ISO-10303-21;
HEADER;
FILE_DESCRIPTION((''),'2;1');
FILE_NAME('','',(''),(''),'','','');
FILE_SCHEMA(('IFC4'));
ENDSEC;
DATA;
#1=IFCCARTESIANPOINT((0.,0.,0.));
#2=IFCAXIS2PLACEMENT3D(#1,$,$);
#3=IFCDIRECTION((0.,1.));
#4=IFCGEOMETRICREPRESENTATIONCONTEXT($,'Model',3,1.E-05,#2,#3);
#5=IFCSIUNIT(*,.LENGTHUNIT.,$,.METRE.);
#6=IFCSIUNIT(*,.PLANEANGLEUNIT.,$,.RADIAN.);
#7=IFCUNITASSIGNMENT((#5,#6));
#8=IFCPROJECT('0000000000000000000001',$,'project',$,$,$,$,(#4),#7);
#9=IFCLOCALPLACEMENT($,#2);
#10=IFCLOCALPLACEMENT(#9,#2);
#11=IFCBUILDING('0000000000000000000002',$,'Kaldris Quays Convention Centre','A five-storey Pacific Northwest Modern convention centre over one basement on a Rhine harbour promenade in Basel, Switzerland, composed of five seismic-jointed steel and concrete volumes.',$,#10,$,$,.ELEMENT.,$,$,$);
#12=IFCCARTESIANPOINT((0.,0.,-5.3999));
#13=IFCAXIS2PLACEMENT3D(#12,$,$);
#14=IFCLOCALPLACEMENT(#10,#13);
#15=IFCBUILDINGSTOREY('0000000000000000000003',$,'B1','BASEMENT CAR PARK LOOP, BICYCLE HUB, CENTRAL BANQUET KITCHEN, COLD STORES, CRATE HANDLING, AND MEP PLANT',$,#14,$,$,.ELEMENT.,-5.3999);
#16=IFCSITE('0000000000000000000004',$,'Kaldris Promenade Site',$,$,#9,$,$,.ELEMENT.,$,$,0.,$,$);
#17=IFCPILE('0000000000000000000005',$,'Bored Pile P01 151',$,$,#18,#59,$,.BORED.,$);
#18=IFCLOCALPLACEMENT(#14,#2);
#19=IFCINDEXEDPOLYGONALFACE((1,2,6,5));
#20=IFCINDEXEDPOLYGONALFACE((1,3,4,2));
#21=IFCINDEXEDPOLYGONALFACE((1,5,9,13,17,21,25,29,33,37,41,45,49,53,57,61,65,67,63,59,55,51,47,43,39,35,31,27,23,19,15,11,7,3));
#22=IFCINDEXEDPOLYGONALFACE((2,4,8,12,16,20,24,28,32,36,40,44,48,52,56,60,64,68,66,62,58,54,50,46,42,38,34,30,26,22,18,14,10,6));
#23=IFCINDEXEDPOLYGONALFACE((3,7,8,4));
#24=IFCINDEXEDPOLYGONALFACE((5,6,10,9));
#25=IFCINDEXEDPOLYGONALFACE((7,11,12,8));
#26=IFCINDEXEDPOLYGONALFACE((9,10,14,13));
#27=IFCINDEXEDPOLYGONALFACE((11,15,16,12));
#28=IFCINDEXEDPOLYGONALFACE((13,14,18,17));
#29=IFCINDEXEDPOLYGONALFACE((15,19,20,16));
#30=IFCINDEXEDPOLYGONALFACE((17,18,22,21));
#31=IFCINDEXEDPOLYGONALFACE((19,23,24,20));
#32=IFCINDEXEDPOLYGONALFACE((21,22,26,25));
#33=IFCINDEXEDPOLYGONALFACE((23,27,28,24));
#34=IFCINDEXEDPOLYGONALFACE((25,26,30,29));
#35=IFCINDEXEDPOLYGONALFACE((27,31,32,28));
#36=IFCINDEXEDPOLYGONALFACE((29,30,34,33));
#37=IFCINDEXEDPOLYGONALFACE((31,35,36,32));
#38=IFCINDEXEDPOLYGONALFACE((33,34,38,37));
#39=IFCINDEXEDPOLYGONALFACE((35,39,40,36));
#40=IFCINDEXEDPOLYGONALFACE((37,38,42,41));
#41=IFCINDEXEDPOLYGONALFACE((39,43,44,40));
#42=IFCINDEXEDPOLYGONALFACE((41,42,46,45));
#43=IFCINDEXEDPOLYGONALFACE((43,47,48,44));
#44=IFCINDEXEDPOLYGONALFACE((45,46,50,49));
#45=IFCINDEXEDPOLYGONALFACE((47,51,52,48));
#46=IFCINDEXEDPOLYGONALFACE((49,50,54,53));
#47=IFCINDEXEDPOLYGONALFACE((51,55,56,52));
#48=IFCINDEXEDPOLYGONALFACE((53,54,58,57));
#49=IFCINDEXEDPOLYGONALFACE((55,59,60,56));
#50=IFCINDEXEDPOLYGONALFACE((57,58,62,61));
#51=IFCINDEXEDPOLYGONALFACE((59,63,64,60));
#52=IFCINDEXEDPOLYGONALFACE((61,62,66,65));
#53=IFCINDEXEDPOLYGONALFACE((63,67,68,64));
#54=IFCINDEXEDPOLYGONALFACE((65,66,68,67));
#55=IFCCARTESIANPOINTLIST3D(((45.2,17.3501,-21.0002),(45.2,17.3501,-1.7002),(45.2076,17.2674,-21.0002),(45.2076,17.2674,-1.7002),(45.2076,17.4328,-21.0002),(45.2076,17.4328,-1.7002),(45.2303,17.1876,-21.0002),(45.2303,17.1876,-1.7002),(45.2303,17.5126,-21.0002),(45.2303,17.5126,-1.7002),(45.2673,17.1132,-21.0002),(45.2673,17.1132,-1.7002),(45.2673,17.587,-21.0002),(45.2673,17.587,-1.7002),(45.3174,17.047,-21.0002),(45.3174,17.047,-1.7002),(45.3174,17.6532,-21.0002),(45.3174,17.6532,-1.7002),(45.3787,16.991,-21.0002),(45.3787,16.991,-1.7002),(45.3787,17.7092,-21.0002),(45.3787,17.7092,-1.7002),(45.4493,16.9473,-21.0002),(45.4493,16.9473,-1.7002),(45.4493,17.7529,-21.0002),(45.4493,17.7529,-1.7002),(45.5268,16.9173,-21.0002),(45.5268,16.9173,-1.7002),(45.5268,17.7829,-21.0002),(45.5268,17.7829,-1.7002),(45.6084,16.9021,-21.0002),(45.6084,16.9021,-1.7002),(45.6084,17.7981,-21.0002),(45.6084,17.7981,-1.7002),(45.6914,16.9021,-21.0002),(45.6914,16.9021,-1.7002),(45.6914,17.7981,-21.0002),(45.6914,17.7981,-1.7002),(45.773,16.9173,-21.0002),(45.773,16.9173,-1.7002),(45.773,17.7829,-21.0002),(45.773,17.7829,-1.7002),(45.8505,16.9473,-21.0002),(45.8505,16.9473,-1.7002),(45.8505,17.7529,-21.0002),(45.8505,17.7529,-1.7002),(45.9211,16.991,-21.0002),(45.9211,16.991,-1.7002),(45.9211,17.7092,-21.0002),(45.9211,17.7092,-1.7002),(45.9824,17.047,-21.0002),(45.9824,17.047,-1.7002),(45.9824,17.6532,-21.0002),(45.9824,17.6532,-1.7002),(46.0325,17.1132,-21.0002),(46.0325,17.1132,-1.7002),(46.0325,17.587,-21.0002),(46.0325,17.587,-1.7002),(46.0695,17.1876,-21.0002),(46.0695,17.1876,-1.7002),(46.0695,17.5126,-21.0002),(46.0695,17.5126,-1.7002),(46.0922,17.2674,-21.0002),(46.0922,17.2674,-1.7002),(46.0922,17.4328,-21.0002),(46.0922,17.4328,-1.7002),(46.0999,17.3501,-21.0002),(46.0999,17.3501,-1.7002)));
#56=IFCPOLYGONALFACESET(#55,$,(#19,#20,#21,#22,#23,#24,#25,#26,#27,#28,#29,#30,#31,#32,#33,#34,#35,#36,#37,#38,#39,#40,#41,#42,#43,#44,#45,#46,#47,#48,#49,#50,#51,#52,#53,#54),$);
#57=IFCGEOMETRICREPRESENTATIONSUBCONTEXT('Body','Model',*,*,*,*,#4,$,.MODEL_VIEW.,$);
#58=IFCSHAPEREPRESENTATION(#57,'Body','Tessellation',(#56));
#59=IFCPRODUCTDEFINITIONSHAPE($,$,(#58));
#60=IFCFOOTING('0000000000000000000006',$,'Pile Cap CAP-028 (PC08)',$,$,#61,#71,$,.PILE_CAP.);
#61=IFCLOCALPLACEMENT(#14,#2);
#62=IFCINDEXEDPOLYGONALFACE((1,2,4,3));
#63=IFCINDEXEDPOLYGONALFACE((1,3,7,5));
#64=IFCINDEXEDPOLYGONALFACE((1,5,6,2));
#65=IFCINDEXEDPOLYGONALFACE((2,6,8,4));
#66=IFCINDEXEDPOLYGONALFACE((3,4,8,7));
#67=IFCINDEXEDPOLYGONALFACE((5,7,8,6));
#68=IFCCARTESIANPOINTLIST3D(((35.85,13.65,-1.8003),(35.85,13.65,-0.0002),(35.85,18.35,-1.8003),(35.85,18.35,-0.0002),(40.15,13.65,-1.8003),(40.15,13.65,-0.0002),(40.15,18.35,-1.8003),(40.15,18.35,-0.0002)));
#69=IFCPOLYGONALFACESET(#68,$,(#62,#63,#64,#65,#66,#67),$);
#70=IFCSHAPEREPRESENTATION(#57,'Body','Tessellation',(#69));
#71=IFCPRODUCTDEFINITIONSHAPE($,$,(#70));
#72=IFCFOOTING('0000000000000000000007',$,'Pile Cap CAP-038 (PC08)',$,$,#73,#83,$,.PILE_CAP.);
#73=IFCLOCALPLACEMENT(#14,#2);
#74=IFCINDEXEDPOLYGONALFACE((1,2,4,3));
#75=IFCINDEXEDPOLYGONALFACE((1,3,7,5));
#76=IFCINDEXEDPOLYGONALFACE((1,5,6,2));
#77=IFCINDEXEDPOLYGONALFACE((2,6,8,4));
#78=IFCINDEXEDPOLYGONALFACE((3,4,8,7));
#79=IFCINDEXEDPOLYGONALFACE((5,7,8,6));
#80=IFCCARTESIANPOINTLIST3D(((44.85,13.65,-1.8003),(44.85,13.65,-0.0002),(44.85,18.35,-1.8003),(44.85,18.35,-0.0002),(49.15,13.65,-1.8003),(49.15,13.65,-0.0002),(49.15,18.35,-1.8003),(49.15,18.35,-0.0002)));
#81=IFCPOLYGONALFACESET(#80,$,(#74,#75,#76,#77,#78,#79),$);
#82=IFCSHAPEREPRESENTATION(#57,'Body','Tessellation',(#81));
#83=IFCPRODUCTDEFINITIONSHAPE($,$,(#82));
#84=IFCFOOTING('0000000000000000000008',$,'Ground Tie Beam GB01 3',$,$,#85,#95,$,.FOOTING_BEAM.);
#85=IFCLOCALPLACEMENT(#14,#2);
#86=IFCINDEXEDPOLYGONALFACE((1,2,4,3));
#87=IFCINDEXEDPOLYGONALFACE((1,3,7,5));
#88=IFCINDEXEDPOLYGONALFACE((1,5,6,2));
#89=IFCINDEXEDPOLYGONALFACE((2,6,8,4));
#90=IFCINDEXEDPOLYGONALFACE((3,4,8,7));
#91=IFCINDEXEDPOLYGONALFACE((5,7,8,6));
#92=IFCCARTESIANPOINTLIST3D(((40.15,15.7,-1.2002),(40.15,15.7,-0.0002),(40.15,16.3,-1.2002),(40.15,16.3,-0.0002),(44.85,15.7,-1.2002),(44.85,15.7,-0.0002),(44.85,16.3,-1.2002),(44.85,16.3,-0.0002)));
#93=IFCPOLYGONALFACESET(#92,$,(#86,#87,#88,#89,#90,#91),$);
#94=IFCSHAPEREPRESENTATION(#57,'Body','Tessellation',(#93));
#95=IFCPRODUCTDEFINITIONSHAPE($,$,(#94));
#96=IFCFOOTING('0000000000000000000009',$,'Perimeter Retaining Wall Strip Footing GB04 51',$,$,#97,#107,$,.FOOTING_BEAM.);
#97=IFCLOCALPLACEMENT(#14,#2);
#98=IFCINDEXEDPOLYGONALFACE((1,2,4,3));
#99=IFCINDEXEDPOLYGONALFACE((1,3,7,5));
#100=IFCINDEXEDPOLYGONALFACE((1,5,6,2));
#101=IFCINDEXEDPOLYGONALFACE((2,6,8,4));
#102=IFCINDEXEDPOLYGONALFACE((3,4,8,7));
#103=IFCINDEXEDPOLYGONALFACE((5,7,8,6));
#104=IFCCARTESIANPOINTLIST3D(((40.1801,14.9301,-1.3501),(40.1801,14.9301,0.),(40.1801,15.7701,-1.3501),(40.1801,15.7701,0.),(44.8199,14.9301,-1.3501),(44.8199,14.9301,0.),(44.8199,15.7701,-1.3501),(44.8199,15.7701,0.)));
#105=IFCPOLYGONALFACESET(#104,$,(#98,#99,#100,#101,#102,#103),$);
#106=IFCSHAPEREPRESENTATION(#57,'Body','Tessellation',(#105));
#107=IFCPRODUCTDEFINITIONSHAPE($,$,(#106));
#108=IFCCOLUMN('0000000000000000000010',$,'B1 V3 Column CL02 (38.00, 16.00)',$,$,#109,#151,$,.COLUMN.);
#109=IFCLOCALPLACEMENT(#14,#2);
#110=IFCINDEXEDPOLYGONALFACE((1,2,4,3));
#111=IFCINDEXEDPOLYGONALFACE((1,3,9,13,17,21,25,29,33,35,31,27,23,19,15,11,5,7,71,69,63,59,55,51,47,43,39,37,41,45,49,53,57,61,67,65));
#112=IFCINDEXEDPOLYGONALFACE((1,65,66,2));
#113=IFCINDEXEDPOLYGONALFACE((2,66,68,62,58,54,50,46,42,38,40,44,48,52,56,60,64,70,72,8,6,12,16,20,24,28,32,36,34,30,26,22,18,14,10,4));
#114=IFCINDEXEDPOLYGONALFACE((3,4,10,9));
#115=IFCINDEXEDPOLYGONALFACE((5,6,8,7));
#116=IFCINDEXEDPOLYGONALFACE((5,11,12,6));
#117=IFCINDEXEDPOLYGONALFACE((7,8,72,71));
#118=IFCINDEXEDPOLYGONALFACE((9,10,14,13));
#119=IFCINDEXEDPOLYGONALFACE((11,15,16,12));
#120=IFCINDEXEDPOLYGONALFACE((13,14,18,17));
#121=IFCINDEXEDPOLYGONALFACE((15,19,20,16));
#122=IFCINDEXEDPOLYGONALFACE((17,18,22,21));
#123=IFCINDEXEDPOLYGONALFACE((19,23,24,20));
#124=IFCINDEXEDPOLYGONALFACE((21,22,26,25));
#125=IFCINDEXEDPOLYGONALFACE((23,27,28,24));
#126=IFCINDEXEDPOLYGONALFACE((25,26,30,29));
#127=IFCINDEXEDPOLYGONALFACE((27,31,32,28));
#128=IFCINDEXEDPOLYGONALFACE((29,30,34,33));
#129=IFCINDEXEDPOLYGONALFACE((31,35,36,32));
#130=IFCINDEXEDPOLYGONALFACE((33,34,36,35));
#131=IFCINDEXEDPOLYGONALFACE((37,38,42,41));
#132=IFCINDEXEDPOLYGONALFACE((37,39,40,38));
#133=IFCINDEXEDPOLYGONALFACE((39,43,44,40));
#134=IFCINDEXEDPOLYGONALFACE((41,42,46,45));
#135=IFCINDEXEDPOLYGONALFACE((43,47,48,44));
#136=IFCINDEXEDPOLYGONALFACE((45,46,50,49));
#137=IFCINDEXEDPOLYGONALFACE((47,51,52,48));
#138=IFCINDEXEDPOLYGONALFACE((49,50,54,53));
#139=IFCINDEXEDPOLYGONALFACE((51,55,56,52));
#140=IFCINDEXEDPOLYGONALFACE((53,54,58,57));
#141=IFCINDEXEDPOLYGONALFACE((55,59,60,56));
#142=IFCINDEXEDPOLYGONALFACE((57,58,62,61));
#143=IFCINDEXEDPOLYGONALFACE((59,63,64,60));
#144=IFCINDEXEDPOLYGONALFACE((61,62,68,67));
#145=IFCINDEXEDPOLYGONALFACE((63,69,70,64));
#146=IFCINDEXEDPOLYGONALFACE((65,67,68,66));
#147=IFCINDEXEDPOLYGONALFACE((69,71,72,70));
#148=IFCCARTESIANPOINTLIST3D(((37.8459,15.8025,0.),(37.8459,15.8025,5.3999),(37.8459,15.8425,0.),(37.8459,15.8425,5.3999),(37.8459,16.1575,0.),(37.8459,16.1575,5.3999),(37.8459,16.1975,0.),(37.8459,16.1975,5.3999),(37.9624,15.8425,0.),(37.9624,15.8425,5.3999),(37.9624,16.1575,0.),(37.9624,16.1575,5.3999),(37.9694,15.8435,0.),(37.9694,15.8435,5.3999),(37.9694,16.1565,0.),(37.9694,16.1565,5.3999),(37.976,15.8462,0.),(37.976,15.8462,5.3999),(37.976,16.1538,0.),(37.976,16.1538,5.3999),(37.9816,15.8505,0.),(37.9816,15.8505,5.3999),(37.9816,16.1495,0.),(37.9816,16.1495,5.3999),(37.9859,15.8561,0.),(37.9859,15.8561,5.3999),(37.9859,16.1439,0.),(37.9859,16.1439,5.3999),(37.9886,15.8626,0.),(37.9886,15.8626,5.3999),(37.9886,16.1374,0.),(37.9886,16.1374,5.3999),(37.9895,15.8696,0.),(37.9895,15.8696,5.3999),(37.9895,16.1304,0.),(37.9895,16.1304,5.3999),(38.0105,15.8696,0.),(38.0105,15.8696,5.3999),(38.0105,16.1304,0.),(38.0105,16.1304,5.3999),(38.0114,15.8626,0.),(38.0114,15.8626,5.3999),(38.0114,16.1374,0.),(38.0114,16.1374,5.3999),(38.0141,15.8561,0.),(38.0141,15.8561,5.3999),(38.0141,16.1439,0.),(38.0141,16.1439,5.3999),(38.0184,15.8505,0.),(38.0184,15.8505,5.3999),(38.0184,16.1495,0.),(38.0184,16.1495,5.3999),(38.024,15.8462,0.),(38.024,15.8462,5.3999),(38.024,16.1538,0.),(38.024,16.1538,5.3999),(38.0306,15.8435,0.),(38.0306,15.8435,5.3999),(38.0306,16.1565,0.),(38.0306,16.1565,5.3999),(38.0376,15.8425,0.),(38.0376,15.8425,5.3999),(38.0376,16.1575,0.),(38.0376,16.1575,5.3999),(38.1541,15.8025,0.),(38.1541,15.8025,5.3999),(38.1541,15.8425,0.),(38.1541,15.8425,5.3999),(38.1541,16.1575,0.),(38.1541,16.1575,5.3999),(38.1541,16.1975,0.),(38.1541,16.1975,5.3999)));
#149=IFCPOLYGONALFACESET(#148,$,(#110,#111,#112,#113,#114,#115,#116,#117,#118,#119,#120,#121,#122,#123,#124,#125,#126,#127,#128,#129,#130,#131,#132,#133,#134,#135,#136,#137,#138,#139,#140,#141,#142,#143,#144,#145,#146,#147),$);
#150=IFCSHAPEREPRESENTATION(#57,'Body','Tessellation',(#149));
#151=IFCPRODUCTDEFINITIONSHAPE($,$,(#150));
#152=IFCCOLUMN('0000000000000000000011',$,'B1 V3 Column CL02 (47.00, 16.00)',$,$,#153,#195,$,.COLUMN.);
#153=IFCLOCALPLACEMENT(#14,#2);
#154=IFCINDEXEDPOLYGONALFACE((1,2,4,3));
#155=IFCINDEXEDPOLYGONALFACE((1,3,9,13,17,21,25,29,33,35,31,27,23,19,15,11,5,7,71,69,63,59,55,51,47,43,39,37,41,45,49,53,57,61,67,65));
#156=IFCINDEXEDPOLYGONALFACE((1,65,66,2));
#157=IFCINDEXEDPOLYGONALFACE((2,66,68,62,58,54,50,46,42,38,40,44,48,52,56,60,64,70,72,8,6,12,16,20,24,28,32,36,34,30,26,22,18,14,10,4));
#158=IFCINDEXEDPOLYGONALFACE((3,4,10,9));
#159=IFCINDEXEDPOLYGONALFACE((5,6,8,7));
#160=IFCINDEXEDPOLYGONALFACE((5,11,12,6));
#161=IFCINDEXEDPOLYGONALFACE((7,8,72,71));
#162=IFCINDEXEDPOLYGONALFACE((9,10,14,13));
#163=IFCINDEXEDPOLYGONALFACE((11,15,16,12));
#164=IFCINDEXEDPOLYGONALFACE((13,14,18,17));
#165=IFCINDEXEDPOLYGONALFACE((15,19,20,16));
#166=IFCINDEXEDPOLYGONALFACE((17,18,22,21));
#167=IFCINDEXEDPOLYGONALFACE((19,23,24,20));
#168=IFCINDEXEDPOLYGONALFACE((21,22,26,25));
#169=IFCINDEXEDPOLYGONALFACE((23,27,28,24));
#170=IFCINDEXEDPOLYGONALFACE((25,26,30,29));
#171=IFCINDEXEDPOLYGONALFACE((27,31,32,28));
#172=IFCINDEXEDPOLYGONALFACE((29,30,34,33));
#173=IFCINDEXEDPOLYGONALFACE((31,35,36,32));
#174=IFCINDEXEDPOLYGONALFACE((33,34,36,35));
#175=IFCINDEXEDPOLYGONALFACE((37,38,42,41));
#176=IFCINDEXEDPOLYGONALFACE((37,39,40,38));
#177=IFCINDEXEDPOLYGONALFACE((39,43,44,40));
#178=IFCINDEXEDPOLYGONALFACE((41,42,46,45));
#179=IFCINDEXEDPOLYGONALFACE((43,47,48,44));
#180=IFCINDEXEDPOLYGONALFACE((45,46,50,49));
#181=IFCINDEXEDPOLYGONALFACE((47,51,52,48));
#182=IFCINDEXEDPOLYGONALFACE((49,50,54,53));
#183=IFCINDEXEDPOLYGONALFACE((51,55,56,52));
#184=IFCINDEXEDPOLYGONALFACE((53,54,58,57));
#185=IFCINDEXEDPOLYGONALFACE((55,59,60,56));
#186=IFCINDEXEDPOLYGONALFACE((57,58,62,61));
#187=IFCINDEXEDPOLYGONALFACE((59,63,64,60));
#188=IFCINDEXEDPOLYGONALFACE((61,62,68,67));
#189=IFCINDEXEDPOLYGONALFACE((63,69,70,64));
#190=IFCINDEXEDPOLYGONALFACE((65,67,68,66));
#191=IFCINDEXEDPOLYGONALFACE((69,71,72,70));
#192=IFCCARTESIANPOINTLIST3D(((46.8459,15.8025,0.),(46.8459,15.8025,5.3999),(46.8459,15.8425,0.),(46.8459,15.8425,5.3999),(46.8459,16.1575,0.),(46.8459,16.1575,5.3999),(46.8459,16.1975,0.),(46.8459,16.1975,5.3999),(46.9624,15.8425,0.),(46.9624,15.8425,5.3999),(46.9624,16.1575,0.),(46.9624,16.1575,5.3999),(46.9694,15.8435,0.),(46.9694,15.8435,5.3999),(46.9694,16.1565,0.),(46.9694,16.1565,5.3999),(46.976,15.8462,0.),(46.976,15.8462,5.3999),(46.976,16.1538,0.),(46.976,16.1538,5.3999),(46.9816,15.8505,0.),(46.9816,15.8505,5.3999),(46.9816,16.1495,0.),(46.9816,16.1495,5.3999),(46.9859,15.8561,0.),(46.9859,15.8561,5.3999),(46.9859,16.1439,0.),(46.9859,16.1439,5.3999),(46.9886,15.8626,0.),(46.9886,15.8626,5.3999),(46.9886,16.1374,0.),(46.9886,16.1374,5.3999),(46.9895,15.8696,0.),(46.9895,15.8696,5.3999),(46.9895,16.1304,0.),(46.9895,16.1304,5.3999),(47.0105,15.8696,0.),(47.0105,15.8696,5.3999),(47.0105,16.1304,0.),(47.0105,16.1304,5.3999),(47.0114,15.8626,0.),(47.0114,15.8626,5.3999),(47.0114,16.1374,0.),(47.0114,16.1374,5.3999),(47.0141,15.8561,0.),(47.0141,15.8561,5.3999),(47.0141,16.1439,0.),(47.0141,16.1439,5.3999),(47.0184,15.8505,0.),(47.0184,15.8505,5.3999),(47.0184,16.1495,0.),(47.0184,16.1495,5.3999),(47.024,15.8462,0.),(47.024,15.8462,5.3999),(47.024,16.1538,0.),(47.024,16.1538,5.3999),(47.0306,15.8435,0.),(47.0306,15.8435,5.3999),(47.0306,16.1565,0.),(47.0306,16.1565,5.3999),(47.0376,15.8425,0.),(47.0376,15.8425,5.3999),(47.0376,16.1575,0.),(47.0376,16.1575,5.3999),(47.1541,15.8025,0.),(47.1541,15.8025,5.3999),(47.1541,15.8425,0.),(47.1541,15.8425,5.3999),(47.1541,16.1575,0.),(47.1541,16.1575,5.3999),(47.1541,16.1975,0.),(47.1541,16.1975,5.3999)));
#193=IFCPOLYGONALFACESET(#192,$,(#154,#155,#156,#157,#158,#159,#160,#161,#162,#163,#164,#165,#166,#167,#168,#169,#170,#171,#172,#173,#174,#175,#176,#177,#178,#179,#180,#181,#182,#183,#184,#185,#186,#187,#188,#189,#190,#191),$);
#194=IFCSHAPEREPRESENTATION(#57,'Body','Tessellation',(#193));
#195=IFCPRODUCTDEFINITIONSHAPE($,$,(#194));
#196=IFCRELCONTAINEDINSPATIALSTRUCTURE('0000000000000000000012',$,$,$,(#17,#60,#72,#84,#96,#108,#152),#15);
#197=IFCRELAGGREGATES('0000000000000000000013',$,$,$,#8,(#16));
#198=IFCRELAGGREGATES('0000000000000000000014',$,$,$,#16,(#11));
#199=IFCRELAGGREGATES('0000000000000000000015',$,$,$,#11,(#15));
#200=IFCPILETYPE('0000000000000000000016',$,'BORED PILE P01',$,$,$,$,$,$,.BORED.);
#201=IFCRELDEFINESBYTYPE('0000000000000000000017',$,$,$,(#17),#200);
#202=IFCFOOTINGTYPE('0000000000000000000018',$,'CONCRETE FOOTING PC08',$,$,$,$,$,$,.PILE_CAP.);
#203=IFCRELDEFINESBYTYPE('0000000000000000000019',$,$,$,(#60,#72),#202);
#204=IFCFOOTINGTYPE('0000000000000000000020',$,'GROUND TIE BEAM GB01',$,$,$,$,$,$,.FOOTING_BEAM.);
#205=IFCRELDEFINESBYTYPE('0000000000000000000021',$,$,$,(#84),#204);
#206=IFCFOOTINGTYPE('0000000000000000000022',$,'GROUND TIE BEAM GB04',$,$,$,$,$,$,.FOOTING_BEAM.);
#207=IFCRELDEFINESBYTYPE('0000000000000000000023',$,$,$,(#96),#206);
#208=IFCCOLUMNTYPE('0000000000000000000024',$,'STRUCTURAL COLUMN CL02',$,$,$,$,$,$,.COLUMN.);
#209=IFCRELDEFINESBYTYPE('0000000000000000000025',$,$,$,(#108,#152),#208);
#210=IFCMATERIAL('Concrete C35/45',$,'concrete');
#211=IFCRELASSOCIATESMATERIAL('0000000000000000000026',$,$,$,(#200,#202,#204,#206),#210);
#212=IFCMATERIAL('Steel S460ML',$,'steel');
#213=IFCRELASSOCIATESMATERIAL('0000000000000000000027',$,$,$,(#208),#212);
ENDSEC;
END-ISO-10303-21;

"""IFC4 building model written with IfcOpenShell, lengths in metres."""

from ifc_helpers import new_model, si_unit, direction, frame, origin, origin_2d, place, context, subcontext, project, spatial, rectangle, circle, i_section, extrude, material, material_profile, profile_set, type_object, element, save


model = new_model("IFC4")

# Units and contexts
model_context = context("Model", 3, precision=1e-05, world=origin(), true_north=direction((0.0, 1.0)))
body_context = subcontext(model_context, "Body", "Model", "MODEL_VIEW")
ifc_project = project(units=[si_unit("LENGTHUNIT", "METRE"), si_unit("PLANEANGLEUNIT", "RADIAN")], contexts=[model_context])

# Site, building, storey
site_placement = place(None, origin())
site = spatial("IfcSite", under=ifc_project, at=site_placement, Name="Kaldris Promenade Site", CompositionType="ELEMENT", RefElevation=0.0)
building_placement = place(site_placement, origin())
building = spatial("IfcBuilding", under=site, at=building_placement, Name="Kaldris Quays Convention Centre", Description="A five-storey Pacific Northwest Modern convention centre over one basement on a Rhine harbour promenade in Basel, Switzerland, composed of five seismic-jointed steel and concrete volumes.", CompositionType="ELEMENT")
storey_placement = place(building_placement, frame((0.0, 0.0, -5.3999)))
storey = spatial("IfcBuildingStorey", under=building, at=storey_placement, Name="B1", Description="BASEMENT CAR PARK LOOP, BICYCLE HUB, CENTRAL BANQUET KITCHEN, COLD STORES, CRATE HANDLING, AND MEP PLANT", CompositionType="ELEMENT", Elevation=-5.3999)

# Pile
ifc_material_1 = material(Name="Concrete C35/45", Category="concrete")
ifc_material_profile_1 = material_profile(ifc_material_1, circle(Radius=0.45, at=origin_2d()), Name="BORED PILE D900")
ifc_profile_set_1 = profile_set([ifc_material_profile_1], Name="Concrete C35/45")
pile_type = type_object("IfcPileType", Name="BORED PILE P01", PredefinedType="BORED", material=ifc_profile_set_1)
for number, where, z_axis, x_axis, name in (
    (1, (45.6499, 17.3501, -1.7002), (0.0, 0.0, -1.0), (1.0, 0.0, 0.0), "Bored Pile P01 151"),
):
    element("IfcPile", number, at=place(storey_placement, frame(where, z_axis=z_axis, x_axis=x_axis)), inside=storey, type_object=pile_type, Name=name, PredefinedType="BORED", context=body_context, shape_type="SweptSolid", body=[
        extrude(circle(Radius=0.45, at=origin_2d()), origin(), (0.0, 0.0, 1.0), 19.3),
    ])

# Footings
footing_type_1 = type_object("IfcFootingType", Name="CONCRETE FOOTING PC08", PredefinedType="PILE_CAP", material=ifc_material_1)
for number, where, z_axis, x_axis, name in (
    (2, (38.0, 16.0, -1.8003), (0.0, 0.0, 1.0), (1.0, 0.0, 0.0), "Pile Cap CAP-028 (PC08)"),
    (3, (47.0, 16.0, -1.8003), (0.0, 0.0, 1.0), (1.0, 0.0, 0.0), "Pile Cap CAP-038 (PC08)"),
):
    element("IfcFooting", number, at=place(storey_placement, frame(where, z_axis=z_axis, x_axis=x_axis)), inside=storey, type_object=footing_type_1, Name=name, PredefinedType="PILE_CAP", context=body_context, shape_type="SweptSolid", body=[
        extrude(rectangle(XDim=4.3, YDim=4.7, at=origin_2d()), origin(), (0.0, 0.0, 1.0), 1.8),
    ])
footing_type_2 = type_object("IfcFootingType", Name="GROUND TIE BEAM GB01", PredefinedType="FOOTING_BEAM", material=ifc_material_1)
footing_1_placement = place(storey_placement, frame((42.5, 16.0, -1.2002), z_axis=(0.0, 0.0, 1.0), x_axis=(1.0, 0.0, 0.0)))
element("IfcFooting", 4, at=footing_1_placement, inside=storey, type_object=footing_type_2, Name="Ground Tie Beam GB01 3", PredefinedType="FOOTING_BEAM", context=body_context, shape_type="SweptSolid", body=[
    extrude(rectangle(XDim=4.7, YDim=0.6001, at=origin_2d()), origin(), (0.0, 0.0, 1.0), 1.2),
])
footing_type_3 = type_object("IfcFootingType", Name="GROUND TIE BEAM GB04", PredefinedType="FOOTING_BEAM", material=ifc_material_1)
footing_2_placement = place(storey_placement, frame((42.5, 15.3501, -1.3501), z_axis=(0.0, 0.0, 1.0), x_axis=(1.0, 0.0, 0.0)))
element("IfcFooting", 5, at=footing_2_placement, inside=storey, type_object=footing_type_3, Name="Perimeter Retaining Wall Strip Footing GB04 51", PredefinedType="FOOTING_BEAM", context=body_context, shape_type="SweptSolid", body=[
    extrude(rectangle(XDim=4.6399, YDim=0.8401, at=origin_2d()), origin(), (0.0, 0.0, 1.0), 1.3501),
])

# Columns
ifc_material_2 = material(Name="Steel S460ML", Category="steel")
ifc_material_profile_2 = material_profile(ifc_material_2, i_section(OverallWidth=0.3081, OverallDepth=0.395, WebThickness=0.021, FlangeThickness=0.04, FilletRadius=0.0271, at=origin_2d()), Name="HEM 360")
ifc_profile_set_2 = profile_set([ifc_material_profile_2], Name="Steel S460ML")
column_type = type_object("IfcColumnType", Name="STRUCTURAL COLUMN CL02", PredefinedType="COLUMN", material=ifc_profile_set_2)
for number, where, z_axis, x_axis, name in (
    (6, (38.0, 16.0, 0.0), (0.0, 0.0, 1.0), (1.0, 0.0, 0.0), "B1 V3 Column CL02 (38.00, 16.00)"),
    (7, (47.0, 16.0, 0.0), (0.0, 0.0, 1.0), (1.0, 0.0, 0.0), "B1 V3 Column CL02 (47.00, 16.00)"),
):
    element("IfcColumn", number, at=place(storey_placement, frame(where, z_axis=z_axis, x_axis=x_axis)), inside=storey, type_object=column_type, Name=name, PredefinedType="COLUMN", context=body_context, shape_type="SweptSolid", body=[
        extrude(i_section(OverallWidth=0.3081, OverallDepth=0.395, WebThickness=0.021, FlangeThickness=0.04, FilletRadius=0.0271, at=origin_2d()), origin(), (0.0, 0.0, 1.0), 5.3999),
    ])

save(model, "model.ifc")
